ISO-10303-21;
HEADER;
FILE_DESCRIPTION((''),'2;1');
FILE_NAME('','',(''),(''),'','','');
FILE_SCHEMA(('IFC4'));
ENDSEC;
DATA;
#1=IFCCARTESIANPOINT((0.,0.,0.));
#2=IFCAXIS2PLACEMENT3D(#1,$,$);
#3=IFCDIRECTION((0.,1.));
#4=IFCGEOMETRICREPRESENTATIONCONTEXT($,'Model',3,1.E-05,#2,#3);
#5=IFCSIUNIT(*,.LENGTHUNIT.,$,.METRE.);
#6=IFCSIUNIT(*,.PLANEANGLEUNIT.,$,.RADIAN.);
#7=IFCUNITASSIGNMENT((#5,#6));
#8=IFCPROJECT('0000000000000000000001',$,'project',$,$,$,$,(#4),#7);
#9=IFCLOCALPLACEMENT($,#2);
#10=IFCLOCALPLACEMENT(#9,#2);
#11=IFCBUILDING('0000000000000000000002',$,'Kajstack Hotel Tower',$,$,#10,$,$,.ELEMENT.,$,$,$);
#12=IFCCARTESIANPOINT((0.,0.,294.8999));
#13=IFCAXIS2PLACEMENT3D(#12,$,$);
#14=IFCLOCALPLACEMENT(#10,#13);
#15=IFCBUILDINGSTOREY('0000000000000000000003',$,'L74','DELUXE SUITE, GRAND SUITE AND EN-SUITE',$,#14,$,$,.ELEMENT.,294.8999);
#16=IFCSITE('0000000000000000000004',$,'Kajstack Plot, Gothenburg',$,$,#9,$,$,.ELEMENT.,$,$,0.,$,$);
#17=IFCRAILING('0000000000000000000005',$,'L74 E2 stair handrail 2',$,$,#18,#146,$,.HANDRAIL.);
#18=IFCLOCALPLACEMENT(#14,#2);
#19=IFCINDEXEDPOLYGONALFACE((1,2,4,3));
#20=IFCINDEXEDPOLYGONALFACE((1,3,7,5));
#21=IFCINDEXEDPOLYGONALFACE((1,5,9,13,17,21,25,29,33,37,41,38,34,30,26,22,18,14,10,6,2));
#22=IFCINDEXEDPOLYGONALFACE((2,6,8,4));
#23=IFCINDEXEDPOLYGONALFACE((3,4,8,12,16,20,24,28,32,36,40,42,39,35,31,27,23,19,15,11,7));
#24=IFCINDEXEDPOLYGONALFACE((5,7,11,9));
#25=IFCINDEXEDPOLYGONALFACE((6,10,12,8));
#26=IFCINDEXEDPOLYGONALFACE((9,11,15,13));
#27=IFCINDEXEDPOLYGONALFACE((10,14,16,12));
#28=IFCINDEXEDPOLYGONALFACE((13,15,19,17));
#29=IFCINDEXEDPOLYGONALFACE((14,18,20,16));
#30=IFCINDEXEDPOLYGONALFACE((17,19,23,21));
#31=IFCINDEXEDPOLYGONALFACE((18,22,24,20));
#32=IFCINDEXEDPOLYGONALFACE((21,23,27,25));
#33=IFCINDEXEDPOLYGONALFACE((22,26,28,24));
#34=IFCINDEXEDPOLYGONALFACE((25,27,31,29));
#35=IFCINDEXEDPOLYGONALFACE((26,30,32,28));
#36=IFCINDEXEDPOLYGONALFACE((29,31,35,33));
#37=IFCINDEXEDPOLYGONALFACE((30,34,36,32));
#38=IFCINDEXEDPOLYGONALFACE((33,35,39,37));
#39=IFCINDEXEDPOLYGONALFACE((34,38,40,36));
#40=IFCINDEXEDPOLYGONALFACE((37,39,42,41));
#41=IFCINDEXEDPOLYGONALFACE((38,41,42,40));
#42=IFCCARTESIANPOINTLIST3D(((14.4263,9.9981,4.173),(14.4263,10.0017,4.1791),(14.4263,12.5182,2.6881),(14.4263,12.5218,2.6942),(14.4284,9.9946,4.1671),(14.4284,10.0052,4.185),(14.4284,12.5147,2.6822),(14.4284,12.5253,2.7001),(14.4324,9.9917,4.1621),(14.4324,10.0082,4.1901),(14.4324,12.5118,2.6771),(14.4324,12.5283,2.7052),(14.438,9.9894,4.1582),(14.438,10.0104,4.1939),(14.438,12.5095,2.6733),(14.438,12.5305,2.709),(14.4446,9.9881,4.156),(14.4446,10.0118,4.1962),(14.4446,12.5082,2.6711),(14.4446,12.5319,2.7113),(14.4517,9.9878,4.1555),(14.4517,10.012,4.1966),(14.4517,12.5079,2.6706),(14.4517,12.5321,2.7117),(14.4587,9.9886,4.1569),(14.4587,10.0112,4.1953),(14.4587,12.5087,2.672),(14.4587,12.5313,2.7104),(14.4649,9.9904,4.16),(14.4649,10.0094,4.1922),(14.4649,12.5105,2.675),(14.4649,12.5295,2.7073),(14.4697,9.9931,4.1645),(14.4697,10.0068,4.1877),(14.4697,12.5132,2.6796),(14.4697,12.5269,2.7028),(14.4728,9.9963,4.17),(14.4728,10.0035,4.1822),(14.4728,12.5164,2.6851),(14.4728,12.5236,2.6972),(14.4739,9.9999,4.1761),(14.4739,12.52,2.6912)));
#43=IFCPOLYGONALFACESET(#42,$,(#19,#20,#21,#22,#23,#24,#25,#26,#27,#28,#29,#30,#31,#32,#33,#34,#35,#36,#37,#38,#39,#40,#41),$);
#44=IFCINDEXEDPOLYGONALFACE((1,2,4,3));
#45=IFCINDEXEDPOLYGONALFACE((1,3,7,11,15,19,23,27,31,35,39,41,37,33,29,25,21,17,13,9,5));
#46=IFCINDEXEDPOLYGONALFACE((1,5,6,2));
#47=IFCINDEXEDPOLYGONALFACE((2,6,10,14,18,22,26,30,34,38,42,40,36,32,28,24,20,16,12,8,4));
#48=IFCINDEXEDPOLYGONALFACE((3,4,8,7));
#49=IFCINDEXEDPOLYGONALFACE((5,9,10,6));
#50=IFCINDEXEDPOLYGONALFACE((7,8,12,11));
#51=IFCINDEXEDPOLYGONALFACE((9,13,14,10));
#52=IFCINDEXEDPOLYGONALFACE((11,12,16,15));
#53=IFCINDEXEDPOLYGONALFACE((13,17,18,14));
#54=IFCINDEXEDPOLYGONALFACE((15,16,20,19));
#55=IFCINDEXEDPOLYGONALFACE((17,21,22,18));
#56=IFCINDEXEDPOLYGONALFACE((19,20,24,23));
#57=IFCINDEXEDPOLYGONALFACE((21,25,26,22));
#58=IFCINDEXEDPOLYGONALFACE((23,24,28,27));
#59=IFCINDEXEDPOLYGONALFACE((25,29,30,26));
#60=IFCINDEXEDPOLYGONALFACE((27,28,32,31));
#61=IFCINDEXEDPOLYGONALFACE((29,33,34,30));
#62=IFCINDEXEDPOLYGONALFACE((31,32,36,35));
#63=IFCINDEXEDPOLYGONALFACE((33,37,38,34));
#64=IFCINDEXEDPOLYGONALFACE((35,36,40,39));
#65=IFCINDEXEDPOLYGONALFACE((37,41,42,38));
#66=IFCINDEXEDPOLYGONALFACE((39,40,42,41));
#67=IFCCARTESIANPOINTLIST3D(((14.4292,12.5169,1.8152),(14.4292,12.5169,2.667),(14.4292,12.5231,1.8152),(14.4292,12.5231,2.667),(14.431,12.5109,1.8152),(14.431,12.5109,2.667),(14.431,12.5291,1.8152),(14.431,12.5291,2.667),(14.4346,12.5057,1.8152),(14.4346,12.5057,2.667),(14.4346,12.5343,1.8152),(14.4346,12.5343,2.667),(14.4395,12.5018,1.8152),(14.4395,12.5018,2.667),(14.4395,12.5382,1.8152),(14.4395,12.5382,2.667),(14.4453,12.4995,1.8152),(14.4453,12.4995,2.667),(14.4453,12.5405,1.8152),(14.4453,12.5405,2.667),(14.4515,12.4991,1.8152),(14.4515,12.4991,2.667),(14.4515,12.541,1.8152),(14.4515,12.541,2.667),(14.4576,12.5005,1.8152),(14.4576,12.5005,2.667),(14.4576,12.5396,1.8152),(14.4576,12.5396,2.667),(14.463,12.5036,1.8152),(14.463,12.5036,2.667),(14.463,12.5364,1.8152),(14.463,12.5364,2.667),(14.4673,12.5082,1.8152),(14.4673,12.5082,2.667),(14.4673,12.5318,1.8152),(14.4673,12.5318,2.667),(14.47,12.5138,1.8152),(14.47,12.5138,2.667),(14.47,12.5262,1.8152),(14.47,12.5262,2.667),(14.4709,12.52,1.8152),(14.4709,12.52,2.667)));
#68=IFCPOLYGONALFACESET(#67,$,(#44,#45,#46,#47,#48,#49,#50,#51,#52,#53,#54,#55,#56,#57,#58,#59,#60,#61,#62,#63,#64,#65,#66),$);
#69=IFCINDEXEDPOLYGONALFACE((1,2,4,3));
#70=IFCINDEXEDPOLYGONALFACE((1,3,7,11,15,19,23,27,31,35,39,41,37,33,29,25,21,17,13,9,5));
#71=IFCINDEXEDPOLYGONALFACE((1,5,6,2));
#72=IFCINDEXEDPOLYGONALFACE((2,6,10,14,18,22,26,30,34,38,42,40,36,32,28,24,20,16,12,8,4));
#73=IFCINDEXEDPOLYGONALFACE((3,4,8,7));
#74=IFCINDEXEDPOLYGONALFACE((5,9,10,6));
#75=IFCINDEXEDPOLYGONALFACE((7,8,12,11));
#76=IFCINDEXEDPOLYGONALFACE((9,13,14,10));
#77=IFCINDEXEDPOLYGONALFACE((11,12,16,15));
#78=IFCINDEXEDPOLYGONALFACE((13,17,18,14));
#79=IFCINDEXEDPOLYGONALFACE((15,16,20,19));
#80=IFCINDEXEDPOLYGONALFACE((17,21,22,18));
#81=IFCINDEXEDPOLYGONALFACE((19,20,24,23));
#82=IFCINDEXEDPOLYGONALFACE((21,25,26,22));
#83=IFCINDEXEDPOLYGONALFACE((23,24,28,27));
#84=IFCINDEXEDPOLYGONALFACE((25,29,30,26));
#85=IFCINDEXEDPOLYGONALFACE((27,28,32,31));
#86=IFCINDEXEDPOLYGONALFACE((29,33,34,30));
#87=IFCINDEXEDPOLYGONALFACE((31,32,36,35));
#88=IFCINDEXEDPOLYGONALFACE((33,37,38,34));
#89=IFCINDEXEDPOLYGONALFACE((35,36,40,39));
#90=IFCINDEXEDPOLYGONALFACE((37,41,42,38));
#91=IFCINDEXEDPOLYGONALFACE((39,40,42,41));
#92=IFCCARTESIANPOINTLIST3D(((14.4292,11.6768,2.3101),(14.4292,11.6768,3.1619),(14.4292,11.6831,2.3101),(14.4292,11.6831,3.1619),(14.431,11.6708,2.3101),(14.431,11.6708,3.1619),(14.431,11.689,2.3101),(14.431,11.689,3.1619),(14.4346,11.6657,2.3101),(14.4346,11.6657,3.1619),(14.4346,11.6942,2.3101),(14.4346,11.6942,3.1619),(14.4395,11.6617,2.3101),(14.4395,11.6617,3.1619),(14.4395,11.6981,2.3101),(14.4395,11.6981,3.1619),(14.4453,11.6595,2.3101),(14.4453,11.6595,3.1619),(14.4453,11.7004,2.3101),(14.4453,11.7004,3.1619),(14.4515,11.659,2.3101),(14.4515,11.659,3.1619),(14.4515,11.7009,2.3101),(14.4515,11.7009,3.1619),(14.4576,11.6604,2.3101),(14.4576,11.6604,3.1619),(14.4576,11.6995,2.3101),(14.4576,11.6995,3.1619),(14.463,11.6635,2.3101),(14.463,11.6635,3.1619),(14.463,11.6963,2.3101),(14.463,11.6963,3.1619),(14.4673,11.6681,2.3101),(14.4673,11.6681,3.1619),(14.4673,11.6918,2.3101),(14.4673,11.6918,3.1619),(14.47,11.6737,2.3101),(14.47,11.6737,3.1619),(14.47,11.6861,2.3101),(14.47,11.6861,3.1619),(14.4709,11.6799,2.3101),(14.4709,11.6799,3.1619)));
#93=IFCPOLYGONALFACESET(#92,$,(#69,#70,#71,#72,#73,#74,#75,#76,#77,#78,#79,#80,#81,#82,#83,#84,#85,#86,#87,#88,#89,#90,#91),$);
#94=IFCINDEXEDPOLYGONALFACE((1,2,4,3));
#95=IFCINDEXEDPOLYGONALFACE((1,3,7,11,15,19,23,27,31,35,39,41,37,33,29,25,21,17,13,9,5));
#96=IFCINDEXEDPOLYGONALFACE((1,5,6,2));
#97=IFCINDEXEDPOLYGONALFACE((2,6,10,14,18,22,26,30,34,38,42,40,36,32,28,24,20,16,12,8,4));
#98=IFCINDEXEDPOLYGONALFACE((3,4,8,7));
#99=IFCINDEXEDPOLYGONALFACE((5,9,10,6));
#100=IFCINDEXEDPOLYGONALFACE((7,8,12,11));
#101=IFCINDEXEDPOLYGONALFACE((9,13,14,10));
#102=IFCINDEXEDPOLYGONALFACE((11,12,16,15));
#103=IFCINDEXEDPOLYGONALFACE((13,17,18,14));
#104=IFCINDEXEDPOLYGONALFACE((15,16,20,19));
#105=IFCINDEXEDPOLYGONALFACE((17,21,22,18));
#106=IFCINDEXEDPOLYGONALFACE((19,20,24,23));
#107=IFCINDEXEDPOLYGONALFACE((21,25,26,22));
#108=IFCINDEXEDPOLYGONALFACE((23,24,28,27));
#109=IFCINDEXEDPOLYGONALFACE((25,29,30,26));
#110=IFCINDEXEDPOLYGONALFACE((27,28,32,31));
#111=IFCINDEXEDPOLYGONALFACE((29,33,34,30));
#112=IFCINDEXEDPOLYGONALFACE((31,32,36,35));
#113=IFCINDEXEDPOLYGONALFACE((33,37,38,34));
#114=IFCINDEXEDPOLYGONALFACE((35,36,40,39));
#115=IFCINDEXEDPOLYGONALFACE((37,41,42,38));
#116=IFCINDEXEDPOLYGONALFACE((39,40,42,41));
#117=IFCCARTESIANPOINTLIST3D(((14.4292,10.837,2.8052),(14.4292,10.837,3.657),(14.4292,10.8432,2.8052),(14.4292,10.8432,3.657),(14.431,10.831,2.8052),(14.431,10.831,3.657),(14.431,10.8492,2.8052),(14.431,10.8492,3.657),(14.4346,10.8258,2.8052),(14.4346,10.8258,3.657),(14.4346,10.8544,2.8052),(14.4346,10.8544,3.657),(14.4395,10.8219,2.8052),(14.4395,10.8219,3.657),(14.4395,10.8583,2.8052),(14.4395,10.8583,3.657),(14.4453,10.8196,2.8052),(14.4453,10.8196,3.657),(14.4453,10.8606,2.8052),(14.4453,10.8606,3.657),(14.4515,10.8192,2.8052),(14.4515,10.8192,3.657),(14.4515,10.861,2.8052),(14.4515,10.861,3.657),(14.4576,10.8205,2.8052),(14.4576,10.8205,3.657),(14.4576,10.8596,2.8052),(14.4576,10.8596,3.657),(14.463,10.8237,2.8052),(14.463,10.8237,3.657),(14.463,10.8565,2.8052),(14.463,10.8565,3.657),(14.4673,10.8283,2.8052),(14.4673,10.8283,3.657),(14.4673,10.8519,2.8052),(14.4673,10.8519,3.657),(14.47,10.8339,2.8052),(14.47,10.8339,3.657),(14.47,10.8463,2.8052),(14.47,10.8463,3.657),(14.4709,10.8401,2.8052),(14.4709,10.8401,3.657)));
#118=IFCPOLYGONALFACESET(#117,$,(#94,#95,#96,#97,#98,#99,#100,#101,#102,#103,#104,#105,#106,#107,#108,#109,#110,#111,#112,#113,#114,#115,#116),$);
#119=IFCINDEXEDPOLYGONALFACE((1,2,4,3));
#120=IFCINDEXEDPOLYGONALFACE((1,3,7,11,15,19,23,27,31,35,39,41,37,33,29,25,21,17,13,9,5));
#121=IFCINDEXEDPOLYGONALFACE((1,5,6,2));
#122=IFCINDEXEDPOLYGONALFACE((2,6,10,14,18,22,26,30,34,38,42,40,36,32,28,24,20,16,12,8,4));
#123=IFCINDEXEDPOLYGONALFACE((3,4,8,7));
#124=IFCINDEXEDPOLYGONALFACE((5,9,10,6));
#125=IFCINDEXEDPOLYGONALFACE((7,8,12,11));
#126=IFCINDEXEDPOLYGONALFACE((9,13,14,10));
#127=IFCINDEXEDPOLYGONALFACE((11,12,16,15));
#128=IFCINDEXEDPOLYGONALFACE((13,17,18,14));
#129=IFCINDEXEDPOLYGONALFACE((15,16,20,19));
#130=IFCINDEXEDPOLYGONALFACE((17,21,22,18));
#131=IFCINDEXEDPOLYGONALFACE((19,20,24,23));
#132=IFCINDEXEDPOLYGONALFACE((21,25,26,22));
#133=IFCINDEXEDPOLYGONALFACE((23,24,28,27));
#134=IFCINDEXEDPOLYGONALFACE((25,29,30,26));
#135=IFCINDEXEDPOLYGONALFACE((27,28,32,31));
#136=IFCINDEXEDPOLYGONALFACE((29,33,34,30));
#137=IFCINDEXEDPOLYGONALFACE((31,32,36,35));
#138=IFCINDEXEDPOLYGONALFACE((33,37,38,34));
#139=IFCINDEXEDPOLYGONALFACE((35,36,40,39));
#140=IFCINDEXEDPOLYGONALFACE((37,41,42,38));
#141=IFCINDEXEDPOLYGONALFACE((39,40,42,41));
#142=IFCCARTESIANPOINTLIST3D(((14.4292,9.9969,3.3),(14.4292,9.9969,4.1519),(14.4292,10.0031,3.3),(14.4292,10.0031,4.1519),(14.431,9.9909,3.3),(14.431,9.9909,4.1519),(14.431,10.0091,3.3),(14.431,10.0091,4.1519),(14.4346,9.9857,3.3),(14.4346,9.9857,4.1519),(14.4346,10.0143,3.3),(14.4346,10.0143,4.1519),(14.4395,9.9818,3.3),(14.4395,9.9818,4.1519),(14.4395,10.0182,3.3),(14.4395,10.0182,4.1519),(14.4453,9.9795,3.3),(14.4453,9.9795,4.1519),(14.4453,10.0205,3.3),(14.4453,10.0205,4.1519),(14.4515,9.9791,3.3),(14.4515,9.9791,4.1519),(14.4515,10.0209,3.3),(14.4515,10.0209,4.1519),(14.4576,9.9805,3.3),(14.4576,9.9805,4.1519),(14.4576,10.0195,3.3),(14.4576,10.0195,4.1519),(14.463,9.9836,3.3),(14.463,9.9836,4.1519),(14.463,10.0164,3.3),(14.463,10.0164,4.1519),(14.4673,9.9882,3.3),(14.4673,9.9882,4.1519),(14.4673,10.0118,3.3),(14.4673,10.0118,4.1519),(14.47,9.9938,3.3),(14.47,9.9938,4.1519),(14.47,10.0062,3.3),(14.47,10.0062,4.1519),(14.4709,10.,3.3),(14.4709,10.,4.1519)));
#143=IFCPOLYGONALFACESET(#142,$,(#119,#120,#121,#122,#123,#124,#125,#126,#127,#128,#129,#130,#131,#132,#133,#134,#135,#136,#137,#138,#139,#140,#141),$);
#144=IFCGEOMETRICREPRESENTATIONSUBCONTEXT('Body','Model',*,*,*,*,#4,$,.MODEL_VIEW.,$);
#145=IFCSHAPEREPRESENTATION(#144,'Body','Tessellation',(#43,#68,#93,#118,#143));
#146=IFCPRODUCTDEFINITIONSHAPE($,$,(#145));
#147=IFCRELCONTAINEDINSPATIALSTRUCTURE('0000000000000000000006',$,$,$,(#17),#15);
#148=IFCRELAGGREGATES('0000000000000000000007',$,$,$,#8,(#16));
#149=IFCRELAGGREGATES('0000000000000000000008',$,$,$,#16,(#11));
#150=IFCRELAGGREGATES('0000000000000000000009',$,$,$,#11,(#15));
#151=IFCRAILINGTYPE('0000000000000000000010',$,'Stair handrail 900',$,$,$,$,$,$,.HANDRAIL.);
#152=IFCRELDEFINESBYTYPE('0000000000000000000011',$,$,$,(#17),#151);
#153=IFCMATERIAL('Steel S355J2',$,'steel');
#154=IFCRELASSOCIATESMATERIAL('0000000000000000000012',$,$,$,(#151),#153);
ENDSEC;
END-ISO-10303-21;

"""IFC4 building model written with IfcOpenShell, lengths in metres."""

from ifc_helpers import new_model, si_unit, direction, frame, origin, origin_2d, place, context, subcontext, project, spatial, circle, extrude, material, type_object, element, save


model = new_model("IFC4")

# Units and contexts
model_context = context("Model", 3, precision=1e-05, world=origin(), true_north=direction((0.0, 1.0)))
body_context = subcontext(model_context, "Body", "Model", "MODEL_VIEW")
ifc_project = project(units=[si_unit("LENGTHUNIT", "METRE"), si_unit("PLANEANGLEUNIT", "RADIAN")], contexts=[model_context])

# Site, building, storey
site_placement = place(None, origin())
site = spatial("IfcSite", under=ifc_project, at=site_placement, Name="Kajstack Plot, Gothenburg", CompositionType="ELEMENT", RefElevation=0.0)
building_placement = place(site_placement, origin())
building = spatial("IfcBuilding", under=site, at=building_placement, Name="Kajstack Hotel Tower", CompositionType="ELEMENT")
storey_placement = place(building_placement, frame((0.0, 0.0, 294.8999)))
storey = spatial("IfcBuildingStorey", under=building, at=storey_placement, Name="L74", Description="DELUXE SUITE, GRAND SUITE AND EN-SUITE", CompositionType="ELEMENT", Elevation=294.8999)

# Railing
ifc_material_1 = material(Name="Steel S355J2", Category="steel")
railing_type = type_object("IfcRailingType", Name="Stair handrail 900", PredefinedType="HANDRAIL", material=ifc_material_1)
railing_placement = place(storey_placement, frame((14.45, 12.52, 1.8152)))
element("IfcRailing", 1, at=railing_placement, inside=storey, type_object=railing_type, Name="L74 E2 stair handrail 2", PredefinedType="HANDRAIL", context=body_context, shape_type="SweptSolid", body=[
    extrude(circle(Radius=0.0239, at=origin_2d()), frame((0.0, 0.0, 0.876), z_axis=(0.0, -0.861561, 0.507655), x_axis=(1.0, 0.0, 0.0)), (0.0, 0.0, 1.0), 2.925),
    extrude(circle(Radius=0.021, at=origin_2d()), origin(), (0.0, 0.0, 1.0), 0.8518),
    extrude(circle(Radius=0.021, at=origin_2d()), frame((0.0, -0.8401, 0.4949)), (0.0, 0.0, 1.0), 0.8518),
    extrude(circle(Radius=0.021, at=origin_2d()), frame((0.0, -1.6799, 0.99)), (0.0, 0.0, 1.0), 0.8518),
    extrude(circle(Radius=0.021, at=origin_2d()), frame((0.0, -2.52, 1.4849)), (0.0, 0.0, 1.0), 0.8518),
])

save(model, "model.ifc")
